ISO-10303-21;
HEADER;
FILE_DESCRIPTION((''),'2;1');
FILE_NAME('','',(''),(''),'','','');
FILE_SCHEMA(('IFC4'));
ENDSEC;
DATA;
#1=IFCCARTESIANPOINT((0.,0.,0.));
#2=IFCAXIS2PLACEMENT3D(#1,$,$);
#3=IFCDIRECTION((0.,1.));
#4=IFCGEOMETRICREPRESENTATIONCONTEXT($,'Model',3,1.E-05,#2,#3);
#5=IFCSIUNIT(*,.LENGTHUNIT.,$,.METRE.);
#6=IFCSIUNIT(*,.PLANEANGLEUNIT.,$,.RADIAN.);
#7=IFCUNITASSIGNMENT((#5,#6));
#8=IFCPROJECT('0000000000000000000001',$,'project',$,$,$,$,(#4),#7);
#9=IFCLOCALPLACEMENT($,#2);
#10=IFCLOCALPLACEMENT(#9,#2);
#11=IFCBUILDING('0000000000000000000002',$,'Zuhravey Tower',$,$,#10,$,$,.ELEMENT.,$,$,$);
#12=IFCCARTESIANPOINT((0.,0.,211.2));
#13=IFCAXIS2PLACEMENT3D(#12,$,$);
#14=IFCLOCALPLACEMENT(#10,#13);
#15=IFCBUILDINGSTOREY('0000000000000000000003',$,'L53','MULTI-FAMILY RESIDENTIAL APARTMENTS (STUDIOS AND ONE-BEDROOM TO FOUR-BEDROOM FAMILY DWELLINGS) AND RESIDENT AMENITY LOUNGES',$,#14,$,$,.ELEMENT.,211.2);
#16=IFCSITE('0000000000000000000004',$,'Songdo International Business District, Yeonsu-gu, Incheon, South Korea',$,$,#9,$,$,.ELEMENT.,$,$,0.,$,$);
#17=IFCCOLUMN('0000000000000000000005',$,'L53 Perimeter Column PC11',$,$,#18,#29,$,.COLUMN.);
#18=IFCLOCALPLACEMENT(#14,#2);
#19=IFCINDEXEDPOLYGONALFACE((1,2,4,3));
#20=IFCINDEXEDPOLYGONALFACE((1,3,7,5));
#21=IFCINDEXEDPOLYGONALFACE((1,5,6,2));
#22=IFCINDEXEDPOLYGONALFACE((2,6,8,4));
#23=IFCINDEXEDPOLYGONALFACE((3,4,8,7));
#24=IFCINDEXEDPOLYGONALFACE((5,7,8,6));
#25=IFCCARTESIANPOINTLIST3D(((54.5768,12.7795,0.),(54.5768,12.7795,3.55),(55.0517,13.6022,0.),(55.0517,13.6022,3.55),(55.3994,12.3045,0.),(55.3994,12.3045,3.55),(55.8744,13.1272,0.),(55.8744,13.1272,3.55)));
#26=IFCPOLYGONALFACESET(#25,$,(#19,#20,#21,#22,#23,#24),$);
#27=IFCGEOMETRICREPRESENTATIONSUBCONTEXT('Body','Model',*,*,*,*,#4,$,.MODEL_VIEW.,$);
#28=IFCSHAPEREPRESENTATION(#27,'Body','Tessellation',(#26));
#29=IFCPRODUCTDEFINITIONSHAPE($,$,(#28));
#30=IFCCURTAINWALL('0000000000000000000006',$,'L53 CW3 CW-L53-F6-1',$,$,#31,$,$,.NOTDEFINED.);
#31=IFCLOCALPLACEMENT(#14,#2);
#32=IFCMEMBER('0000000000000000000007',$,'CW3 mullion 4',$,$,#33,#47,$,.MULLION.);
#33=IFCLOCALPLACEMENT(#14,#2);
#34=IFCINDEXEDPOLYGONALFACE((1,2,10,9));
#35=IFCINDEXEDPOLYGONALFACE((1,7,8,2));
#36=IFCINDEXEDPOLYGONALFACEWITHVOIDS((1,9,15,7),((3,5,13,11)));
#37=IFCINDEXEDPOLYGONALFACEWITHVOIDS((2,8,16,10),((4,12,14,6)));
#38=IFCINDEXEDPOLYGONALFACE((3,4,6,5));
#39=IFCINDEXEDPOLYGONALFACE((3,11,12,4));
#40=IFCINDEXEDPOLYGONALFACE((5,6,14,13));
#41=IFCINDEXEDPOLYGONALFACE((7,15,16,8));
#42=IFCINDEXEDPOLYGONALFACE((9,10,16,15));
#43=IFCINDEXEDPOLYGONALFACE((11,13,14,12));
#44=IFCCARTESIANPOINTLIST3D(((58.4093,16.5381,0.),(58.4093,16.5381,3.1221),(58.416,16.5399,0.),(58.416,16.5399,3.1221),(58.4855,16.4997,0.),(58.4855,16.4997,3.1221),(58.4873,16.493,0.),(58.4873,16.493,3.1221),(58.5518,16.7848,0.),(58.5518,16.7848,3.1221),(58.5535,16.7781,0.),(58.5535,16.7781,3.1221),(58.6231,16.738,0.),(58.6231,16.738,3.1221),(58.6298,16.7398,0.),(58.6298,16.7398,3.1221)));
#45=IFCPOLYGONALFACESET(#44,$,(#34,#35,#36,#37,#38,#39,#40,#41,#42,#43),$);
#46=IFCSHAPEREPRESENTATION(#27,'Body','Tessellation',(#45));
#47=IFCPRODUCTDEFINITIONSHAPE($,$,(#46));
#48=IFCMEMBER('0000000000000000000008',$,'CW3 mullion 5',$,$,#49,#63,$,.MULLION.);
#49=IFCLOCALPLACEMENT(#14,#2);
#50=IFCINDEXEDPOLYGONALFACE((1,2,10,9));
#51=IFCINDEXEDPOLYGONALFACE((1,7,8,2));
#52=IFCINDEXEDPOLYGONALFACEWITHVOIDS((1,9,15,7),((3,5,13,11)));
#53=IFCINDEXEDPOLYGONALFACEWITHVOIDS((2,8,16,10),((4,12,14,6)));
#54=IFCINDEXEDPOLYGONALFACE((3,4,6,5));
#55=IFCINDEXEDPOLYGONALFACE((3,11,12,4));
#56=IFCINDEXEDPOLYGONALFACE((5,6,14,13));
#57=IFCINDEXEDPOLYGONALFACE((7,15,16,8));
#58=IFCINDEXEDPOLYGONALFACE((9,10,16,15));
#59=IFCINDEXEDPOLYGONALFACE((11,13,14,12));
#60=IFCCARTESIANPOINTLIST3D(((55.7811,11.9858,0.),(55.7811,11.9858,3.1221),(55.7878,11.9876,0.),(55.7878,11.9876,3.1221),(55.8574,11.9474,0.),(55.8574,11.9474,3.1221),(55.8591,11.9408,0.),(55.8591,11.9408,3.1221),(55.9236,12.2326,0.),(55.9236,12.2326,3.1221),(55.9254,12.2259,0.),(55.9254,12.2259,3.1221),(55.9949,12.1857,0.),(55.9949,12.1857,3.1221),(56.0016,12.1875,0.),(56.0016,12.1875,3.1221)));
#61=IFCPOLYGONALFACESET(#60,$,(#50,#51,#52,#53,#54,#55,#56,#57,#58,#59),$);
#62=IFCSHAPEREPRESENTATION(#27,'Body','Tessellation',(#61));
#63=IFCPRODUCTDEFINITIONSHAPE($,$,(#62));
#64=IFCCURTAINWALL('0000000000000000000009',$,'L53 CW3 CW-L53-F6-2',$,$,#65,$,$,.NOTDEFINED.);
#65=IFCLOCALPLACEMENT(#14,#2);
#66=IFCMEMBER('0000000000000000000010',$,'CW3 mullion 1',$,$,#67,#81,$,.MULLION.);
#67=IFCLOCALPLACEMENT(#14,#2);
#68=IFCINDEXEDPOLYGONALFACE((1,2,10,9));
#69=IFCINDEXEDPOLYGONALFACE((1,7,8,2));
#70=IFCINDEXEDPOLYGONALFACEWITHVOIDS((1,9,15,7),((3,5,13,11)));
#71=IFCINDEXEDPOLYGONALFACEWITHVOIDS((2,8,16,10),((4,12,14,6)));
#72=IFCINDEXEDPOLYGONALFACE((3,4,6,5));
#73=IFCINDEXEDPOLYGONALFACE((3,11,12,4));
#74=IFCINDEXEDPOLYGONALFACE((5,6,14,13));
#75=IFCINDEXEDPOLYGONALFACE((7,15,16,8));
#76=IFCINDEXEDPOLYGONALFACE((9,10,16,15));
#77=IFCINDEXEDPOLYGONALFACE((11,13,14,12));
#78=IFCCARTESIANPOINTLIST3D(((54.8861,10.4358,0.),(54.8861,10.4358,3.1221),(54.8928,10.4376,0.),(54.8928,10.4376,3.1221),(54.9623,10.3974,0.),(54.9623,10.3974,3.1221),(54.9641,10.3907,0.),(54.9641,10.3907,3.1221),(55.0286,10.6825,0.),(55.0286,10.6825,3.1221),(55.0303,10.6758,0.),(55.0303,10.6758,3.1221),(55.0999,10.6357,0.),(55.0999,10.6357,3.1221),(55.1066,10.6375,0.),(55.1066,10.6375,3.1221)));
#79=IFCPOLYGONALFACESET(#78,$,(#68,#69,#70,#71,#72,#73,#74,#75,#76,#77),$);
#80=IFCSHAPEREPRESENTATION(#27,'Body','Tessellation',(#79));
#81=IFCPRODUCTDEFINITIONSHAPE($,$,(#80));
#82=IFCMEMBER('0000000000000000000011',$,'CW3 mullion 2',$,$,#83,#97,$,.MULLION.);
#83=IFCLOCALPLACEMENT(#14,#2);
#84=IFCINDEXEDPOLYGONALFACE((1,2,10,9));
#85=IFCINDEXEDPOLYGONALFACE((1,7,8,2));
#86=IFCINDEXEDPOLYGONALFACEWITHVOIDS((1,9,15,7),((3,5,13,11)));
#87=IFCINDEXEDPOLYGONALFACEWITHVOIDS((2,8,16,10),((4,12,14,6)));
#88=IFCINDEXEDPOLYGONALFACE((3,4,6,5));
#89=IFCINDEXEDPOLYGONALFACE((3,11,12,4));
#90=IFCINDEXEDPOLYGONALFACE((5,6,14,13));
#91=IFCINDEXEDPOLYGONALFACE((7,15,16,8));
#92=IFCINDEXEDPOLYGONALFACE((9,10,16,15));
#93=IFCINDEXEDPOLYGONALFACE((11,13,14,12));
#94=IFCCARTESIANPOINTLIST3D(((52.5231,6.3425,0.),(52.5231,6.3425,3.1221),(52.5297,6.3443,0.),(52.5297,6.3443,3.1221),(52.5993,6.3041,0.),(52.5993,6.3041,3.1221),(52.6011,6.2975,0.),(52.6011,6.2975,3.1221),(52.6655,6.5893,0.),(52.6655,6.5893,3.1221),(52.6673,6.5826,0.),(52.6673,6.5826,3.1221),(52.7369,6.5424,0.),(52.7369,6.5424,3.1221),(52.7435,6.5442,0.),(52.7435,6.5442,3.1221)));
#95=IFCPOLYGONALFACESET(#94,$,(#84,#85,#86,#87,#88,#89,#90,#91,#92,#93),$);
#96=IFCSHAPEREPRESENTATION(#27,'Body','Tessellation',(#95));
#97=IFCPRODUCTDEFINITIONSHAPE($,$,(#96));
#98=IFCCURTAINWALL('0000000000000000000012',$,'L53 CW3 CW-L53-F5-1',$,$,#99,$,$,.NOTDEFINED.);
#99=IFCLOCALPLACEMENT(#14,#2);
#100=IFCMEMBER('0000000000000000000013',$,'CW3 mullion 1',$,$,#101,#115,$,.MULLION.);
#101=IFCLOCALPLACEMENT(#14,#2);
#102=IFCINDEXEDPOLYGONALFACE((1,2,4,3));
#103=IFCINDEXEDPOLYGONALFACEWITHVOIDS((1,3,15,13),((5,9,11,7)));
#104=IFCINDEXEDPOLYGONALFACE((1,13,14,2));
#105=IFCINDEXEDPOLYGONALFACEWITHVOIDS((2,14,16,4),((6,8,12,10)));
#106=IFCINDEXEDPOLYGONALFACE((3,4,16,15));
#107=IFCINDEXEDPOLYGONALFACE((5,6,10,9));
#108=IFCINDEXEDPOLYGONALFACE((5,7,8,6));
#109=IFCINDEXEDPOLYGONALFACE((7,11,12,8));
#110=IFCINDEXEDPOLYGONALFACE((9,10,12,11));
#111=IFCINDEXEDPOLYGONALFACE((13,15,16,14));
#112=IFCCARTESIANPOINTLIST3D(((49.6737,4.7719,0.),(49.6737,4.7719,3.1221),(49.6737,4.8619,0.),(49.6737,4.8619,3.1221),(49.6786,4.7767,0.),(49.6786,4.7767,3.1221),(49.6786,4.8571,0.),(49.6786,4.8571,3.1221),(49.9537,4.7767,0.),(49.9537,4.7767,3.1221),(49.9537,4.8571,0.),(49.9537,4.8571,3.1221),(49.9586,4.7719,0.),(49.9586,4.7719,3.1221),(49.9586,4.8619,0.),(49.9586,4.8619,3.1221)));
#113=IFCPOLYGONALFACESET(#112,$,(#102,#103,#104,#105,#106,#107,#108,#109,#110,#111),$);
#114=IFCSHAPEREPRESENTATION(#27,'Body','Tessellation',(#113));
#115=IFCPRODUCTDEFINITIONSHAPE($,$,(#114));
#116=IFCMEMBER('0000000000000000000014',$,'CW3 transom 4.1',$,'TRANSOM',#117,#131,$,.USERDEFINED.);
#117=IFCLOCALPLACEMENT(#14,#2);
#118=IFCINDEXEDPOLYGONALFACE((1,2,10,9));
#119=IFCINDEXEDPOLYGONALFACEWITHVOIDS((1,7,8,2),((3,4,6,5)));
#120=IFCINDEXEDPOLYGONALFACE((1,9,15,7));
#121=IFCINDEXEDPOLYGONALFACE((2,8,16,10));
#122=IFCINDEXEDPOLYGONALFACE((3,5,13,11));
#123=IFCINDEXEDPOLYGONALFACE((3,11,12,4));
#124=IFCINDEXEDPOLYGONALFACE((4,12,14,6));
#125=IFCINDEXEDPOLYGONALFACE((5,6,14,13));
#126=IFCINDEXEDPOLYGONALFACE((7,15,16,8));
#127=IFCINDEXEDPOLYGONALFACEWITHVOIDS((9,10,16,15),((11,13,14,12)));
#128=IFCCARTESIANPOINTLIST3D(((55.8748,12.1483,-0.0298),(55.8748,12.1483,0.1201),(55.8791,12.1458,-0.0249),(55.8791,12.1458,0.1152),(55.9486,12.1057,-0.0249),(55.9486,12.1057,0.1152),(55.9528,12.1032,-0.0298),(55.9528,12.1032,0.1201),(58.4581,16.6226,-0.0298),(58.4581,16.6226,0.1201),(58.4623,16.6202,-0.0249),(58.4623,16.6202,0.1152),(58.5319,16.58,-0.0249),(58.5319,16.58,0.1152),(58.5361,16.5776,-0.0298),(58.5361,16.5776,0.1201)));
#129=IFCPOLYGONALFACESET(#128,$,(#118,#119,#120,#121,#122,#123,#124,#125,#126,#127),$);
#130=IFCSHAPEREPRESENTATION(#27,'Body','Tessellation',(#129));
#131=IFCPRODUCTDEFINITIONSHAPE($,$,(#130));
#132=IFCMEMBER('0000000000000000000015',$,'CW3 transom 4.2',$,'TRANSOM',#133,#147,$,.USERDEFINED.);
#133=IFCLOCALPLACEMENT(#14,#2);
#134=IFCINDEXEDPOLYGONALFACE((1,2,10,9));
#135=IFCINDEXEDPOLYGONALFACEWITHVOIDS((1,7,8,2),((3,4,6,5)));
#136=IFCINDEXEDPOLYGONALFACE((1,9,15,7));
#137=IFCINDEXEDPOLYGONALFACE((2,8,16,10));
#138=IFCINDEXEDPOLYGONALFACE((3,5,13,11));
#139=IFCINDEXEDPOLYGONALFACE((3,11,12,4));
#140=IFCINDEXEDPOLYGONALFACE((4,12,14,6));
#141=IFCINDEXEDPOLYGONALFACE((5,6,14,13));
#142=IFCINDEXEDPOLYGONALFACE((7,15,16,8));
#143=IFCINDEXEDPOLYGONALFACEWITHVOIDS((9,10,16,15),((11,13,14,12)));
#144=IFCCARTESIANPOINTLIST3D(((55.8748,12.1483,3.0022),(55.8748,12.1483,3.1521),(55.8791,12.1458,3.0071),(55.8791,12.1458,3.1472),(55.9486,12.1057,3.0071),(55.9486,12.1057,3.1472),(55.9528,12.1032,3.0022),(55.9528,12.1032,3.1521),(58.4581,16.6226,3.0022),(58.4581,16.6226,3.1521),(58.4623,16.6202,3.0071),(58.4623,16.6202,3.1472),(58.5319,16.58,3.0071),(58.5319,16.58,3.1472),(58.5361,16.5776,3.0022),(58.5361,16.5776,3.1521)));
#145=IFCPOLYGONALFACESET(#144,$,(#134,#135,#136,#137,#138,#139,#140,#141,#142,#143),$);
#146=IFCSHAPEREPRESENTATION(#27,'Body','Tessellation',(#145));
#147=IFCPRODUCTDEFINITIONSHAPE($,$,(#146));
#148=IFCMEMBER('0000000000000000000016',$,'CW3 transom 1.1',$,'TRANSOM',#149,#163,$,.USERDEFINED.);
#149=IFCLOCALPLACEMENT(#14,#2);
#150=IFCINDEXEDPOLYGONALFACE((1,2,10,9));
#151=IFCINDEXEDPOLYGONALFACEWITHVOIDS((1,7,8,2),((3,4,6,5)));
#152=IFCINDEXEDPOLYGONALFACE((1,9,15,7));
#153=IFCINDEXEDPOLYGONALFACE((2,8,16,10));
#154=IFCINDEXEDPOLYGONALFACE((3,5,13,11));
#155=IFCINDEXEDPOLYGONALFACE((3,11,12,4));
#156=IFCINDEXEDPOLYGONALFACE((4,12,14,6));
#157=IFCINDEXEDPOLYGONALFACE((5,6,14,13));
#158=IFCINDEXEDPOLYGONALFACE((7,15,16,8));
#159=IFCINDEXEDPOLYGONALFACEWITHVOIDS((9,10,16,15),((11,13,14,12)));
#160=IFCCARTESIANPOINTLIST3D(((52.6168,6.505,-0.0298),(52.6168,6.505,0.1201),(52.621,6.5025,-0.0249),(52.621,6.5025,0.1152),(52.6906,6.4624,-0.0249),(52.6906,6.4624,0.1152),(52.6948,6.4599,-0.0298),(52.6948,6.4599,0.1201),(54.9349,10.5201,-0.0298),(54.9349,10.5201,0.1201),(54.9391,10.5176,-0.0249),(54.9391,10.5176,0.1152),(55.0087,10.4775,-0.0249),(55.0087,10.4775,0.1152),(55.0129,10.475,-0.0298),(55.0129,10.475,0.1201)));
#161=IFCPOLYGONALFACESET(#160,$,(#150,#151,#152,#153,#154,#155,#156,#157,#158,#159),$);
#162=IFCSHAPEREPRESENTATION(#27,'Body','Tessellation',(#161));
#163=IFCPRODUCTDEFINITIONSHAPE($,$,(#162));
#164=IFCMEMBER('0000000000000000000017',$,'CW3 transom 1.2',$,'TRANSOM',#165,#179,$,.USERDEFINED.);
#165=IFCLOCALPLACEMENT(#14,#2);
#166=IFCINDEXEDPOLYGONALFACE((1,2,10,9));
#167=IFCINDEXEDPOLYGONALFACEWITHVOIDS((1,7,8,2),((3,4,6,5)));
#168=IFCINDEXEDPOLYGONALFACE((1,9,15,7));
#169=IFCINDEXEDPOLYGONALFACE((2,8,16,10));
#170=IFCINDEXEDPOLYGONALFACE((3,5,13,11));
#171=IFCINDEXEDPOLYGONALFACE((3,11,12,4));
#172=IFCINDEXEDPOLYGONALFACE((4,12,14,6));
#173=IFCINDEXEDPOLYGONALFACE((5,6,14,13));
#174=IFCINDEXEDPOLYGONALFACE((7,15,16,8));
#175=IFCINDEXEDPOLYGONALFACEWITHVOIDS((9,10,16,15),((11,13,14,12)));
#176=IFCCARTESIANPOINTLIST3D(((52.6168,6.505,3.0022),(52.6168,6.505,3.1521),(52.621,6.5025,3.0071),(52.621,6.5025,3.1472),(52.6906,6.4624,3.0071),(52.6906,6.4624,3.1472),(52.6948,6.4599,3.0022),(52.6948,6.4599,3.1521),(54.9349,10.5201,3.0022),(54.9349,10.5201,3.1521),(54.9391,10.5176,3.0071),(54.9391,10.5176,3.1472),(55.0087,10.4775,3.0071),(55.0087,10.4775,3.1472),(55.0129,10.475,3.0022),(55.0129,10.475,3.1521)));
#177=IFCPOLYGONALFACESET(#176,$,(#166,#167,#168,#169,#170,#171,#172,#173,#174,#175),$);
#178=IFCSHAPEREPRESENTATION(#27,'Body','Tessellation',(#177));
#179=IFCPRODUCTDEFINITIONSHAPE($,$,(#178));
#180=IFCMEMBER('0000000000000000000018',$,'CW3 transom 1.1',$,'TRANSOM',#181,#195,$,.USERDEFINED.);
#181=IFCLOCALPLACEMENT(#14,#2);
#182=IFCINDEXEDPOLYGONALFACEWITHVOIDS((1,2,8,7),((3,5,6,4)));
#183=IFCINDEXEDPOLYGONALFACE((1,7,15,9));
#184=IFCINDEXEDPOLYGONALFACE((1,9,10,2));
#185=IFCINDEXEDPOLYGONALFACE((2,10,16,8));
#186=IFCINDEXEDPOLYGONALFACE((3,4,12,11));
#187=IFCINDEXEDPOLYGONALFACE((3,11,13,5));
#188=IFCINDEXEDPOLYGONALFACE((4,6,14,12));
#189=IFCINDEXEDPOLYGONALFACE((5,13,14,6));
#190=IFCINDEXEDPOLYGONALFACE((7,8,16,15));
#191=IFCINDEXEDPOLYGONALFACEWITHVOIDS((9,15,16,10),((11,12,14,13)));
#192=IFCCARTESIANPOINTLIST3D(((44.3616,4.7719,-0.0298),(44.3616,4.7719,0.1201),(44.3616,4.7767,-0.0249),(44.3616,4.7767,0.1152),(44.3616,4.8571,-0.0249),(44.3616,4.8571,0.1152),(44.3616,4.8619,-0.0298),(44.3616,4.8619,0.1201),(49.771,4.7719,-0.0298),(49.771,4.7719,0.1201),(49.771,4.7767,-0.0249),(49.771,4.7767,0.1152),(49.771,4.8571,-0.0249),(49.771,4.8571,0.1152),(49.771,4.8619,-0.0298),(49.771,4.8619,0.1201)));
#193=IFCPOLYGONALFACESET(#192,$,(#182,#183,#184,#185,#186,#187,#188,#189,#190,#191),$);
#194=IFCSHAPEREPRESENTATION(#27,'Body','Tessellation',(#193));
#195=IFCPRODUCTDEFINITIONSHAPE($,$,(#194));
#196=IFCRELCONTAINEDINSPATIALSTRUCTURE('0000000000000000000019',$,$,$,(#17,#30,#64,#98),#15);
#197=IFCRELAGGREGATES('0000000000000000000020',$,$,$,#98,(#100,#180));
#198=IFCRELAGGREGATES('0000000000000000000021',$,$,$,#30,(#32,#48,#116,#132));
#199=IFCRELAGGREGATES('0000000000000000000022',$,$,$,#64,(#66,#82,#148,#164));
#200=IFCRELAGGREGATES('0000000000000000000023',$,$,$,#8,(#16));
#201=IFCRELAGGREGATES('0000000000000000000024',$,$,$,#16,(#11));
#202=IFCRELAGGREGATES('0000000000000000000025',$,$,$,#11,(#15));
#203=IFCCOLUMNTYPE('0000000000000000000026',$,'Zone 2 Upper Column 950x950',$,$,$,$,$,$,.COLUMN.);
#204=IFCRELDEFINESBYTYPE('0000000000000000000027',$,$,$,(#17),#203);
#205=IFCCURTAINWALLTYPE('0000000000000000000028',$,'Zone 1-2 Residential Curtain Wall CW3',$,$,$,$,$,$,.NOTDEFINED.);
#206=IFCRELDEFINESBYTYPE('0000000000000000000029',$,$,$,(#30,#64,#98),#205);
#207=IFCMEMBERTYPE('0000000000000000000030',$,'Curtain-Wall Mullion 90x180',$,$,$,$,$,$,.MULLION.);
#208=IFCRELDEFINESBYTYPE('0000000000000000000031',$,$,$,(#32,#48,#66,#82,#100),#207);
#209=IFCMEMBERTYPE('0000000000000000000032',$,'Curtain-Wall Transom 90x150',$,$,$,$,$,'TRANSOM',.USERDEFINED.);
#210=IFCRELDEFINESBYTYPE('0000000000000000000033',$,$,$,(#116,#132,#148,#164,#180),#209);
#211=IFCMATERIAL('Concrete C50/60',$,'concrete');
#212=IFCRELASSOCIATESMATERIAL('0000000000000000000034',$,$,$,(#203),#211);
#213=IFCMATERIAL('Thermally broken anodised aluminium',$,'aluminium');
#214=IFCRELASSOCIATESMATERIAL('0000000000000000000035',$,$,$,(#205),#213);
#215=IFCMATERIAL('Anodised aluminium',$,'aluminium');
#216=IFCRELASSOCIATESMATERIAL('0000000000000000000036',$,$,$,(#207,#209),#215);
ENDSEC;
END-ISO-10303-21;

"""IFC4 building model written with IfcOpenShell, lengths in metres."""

from ifc_helpers import new_model, si_unit, direction, frame, origin, origin_2d, place, context, subcontext, project, spatial, rectangle, hollow_rectangle, extrude, material, material_profile, profile_set, type_object, element, aggregate, save


model = new_model("IFC4")

# Units and contexts
model_context = context("Model", 3, precision=1e-05, world=origin(), true_north=direction((0.0, 1.0)))
body_context = subcontext(model_context, "Body", "Model", "MODEL_VIEW")
ifc_project = project(units=[si_unit("LENGTHUNIT", "METRE"), si_unit("PLANEANGLEUNIT", "RADIAN")], contexts=[model_context])

# Site, building, storey
site_placement = place(None, origin())
site = spatial("IfcSite", under=ifc_project, at=site_placement, Name="Songdo International Business District, Yeonsu-gu, Incheon, South Korea", CompositionType="ELEMENT", RefElevation=0.0)
building_placement = place(site_placement, origin())
building = spatial("IfcBuilding", under=site, at=building_placement, Name="Zuhravey Tower", CompositionType="ELEMENT")
storey_placement = place(building_placement, frame((0.0, 0.0, 211.2)))
storey = spatial("IfcBuildingStorey", under=building, at=storey_placement, Name="L53", Description="MULTI-FAMILY RESIDENTIAL APARTMENTS (STUDIOS AND ONE-BEDROOM TO FOUR-BEDROOM FAMILY DWELLINGS) AND RESIDENT AMENITY LOUNGES", CompositionType="ELEMENT", Elevation=211.2)

# Column
ifc_material_1 = material(Name="Concrete C50/60", Category="concrete")
ifc_material_profile_1 = material_profile(ifc_material_1, rectangle(XDim=0.95, YDim=0.95, at=origin_2d()), Name="RC-950x950")
ifc_profile_set_1 = profile_set([ifc_material_profile_1], Name="Concrete C50/60")
column_type = type_object("IfcColumnType", Name="Zone 2 Upper Column 950x950", PredefinedType="COLUMN", material=ifc_profile_set_1)
column_placement = place(storey_placement, frame((55.2256, 12.9534, 0.0), z_axis=(0.0, 0.0, 1.0), x_axis=(0.5, 0.866025, 0.0)))
element("IfcColumn", 1, at=column_placement, inside=storey, type_object=column_type, Name="L53 Perimeter Column PC11", PredefinedType="COLUMN", context=body_context, shape_type="SweptSolid", body=[
    extrude(rectangle(XDim=0.95, YDim=0.95, at=origin_2d()), origin(), (0.0, 0.0, 1.0), 3.55),
])

# Curtain walls, members
ifc_material_2 = material(Name="Thermally broken anodised aluminium", Category="aluminium")
curtain_wall_type = type_object("IfcCurtainWallType", Name="Zone 1-2 Residential Curtain Wall CW3", PredefinedType="NOTDEFINED", material=ifc_material_2)
curtain_wall_1_placement = place(storey_placement, origin())
curtain_wall_1 = element("IfcCurtainWall", 2, at=curtain_wall_1_placement, inside=storey, type_object=curtain_wall_type, Name="L53 CW3 CW-L53-F6-1", PredefinedType="NOTDEFINED")
ifc_material_3 = material(Name="Anodised aluminium", Category="aluminium")
ifc_material_profile_2 = material_profile(ifc_material_3, hollow_rectangle(XDim=0.0901, YDim=0.2849, WallThickness=0.0049, at=origin_2d()), Name="ALU-RHS-90x285x5")
ifc_profile_set_2 = profile_set([ifc_material_profile_2], Name="Anodised aluminium")
member_type_1 = type_object("IfcMemberType", Name="Curtain-Wall Mullion 90x180", PredefinedType="MULLION", material=ifc_profile_set_2)
member_1_placement = place(storey_placement, frame((58.5195, 16.6389, 0.0), z_axis=(0.0, 0.0, 1.0), x_axis=(0.866025, -0.500001, 0.0)))
member_1 = element("IfcMember", 3, at=member_1_placement, type_object=member_type_1, Name="CW3 mullion 4", PredefinedType="MULLION", context=body_context, shape_type="SweptSolid", body=[
    extrude(hollow_rectangle(XDim=0.0901, YDim=0.2849, WallThickness=0.0049, at=origin_2d()), origin(), (0.0, 0.0, 1.0), 3.1221),
])
member_2_placement = place(storey_placement, frame((55.8914, 12.0867, 0.0), z_axis=(0.0, 0.0, 1.0), x_axis=(0.866025, -0.500001, 0.0)))
member_2 = element("IfcMember", 4, at=member_2_placement, type_object=member_type_1, Name="CW3 mullion 5", PredefinedType="MULLION", context=body_context, shape_type="SweptSolid", body=[
    extrude(hollow_rectangle(XDim=0.0901, YDim=0.2849, WallThickness=0.0049, at=origin_2d()), origin(), (0.0, 0.0, 1.0), 3.1221),
])
curtain_wall_2_placement = place(storey_placement, origin())
curtain_wall_2 = element("IfcCurtainWall", 5, at=curtain_wall_2_placement, inside=storey, type_object=curtain_wall_type, Name="L53 CW3 CW-L53-F6-2", PredefinedType="NOTDEFINED")
member_3_placement = place(storey_placement, frame((54.9963, 10.5366, 0.0), z_axis=(0.0, 0.0, 1.0), x_axis=(0.866029, -0.499993, 0.0)))
member_3 = element("IfcMember", 6, at=member_3_placement, type_object=member_type_1, Name="CW3 mullion 1", PredefinedType="MULLION", context=body_context, shape_type="SweptSolid", body=[
    extrude(hollow_rectangle(XDim=0.0901, YDim=0.2849, WallThickness=0.0049, at=origin_2d()), origin(), (0.0, 0.0, 1.0), 3.1221),
])
member_4_placement = place(storey_placement, frame((52.6333, 6.4434, 0.0), z_axis=(0.0, 0.0, 1.0), x_axis=(0.866029, -0.499993, 0.0)))
member_4 = element("IfcMember", 7, at=member_4_placement, type_object=member_type_1, Name="CW3 mullion 2", PredefinedType="MULLION", context=body_context, shape_type="SweptSolid", body=[
    extrude(hollow_rectangle(XDim=0.0901, YDim=0.2849, WallThickness=0.0049, at=origin_2d()), origin(), (0.0, 0.0, 1.0), 3.1221),
])

# Curtain wall, member
curtain_wall_3_placement = place(storey_placement, origin())
curtain_wall_3 = element("IfcCurtainWall", 8, at=curtain_wall_3_placement, inside=storey, type_object=curtain_wall_type, Name="L53 CW3 CW-L53-F5-1", PredefinedType="NOTDEFINED")
member_5_placement = place(storey_placement, frame((49.8162, 4.8169, 0.0), z_axis=(0.0, 0.0, 1.0), x_axis=(0.0, -1.0, 0.0)))
member_5 = element("IfcMember", 9, at=member_5_placement, type_object=member_type_1, Name="CW3 mullion 1", PredefinedType="MULLION", context=body_context, shape_type="SweptSolid", body=[
    extrude(hollow_rectangle(XDim=0.0901, YDim=0.2849, WallThickness=0.0049, at=origin_2d()), origin(), (0.0, 0.0, 1.0), 3.1221),
])

# Members
ifc_material_profile_3 = material_profile(ifc_material_3, hollow_rectangle(XDim=0.0901, YDim=0.1499, WallThickness=0.0049, at=origin_2d()), Name="ALU-RHS-90x150x5")
ifc_profile_set_3 = profile_set([ifc_material_profile_3], Name="Anodised aluminium")
member_type_2 = type_object("IfcMemberType", Name="Curtain-Wall Transom 90x150", ElementType="TRANSOM", PredefinedType="USERDEFINED", material=ifc_profile_set_3)
member_6_placement = place(storey_placement, frame((58.4971, 16.6001, 0.0452), z_axis=(-0.499997, -0.866027, 0.0), x_axis=(0.866027, -0.499997, 0.0)))
member_6 = element("IfcMember", 10, at=member_6_placement, type_object=member_type_2, Name="CW3 transom 4.1", ObjectType="TRANSOM", PredefinedType="USERDEFINED", context=body_context, shape_type="SweptSolid", body=[
    extrude(hollow_rectangle(XDim=0.0901, YDim=0.1499, WallThickness=0.0049, at=origin_2d()), origin(), (0.0, 0.0, 1.0), 5.1665),
])
member_7_placement = place(storey_placement, frame((58.4971, 16.6001, 3.0771), z_axis=(-0.499997, -0.866027, 0.0), x_axis=(0.866027, -0.499997, 0.0)))
member_7 = element("IfcMember", 11, at=member_7_placement, type_object=member_type_2, Name="CW3 transom 4.2", ObjectType="TRANSOM", PredefinedType="USERDEFINED", context=body_context, shape_type="SweptSolid", body=[
    extrude(hollow_rectangle(XDim=0.0901, YDim=0.1499, WallThickness=0.0049, at=origin_2d()), origin(), (0.0, 0.0, 1.0), 5.1665),
])
member_8_placement = place(storey_placement, frame((54.9739, 10.4976, 0.0452), z_axis=(-0.499996, -0.866028, 0.0), x_axis=(0.866028, -0.499996, 0.0)))
member_8 = element("IfcMember", 12, at=member_8_placement, type_object=member_type_2, Name="CW3 transom 1.1", ObjectType="TRANSOM", PredefinedType="USERDEFINED", context=body_context, shape_type="SweptSolid", body=[
    extrude(hollow_rectangle(XDim=0.0901, YDim=0.1499, WallThickness=0.0049, at=origin_2d()), origin(), (0.0, 0.0, 1.0), 4.6362),
])
member_9_placement = place(storey_placement, frame((54.9739, 10.4976, 3.0771), z_axis=(-0.499996, -0.866028, 0.0), x_axis=(0.866028, -0.499996, 0.0)))
member_9 = element("IfcMember", 13, at=member_9_placement, type_object=member_type_2, Name="CW3 transom 1.2", ObjectType="TRANSOM", PredefinedType="USERDEFINED", context=body_context, shape_type="SweptSolid", body=[
    extrude(hollow_rectangle(XDim=0.0901, YDim=0.1499, WallThickness=0.0049, at=origin_2d()), origin(), (0.0, 0.0, 1.0), 4.6362),
])
member_10_placement = place(storey_placement, frame((49.771, 4.8169, 0.0452), z_axis=(-1.0, 0.0, 0.0), x_axis=(0.0, -1.0, 0.0)))
member_10 = element("IfcMember", 14, at=member_10_placement, type_object=member_type_2, Name="CW3 transom 1.1", ObjectType="TRANSOM", PredefinedType="USERDEFINED", context=body_context, shape_type="SweptSolid", body=[
    extrude(hollow_rectangle(XDim=0.0901, YDim=0.1499, WallThickness=0.0049, at=origin_2d()), origin(), (0.0, 0.0, 1.0), 5.4094),
])
aggregate(curtain_wall_3, [member_5, member_10])

aggregate(curtain_wall_1, [member_1, member_2, member_6, member_7])
aggregate(curtain_wall_2, [member_3, member_4, member_8, member_9])

save(model, "model.ifc")
